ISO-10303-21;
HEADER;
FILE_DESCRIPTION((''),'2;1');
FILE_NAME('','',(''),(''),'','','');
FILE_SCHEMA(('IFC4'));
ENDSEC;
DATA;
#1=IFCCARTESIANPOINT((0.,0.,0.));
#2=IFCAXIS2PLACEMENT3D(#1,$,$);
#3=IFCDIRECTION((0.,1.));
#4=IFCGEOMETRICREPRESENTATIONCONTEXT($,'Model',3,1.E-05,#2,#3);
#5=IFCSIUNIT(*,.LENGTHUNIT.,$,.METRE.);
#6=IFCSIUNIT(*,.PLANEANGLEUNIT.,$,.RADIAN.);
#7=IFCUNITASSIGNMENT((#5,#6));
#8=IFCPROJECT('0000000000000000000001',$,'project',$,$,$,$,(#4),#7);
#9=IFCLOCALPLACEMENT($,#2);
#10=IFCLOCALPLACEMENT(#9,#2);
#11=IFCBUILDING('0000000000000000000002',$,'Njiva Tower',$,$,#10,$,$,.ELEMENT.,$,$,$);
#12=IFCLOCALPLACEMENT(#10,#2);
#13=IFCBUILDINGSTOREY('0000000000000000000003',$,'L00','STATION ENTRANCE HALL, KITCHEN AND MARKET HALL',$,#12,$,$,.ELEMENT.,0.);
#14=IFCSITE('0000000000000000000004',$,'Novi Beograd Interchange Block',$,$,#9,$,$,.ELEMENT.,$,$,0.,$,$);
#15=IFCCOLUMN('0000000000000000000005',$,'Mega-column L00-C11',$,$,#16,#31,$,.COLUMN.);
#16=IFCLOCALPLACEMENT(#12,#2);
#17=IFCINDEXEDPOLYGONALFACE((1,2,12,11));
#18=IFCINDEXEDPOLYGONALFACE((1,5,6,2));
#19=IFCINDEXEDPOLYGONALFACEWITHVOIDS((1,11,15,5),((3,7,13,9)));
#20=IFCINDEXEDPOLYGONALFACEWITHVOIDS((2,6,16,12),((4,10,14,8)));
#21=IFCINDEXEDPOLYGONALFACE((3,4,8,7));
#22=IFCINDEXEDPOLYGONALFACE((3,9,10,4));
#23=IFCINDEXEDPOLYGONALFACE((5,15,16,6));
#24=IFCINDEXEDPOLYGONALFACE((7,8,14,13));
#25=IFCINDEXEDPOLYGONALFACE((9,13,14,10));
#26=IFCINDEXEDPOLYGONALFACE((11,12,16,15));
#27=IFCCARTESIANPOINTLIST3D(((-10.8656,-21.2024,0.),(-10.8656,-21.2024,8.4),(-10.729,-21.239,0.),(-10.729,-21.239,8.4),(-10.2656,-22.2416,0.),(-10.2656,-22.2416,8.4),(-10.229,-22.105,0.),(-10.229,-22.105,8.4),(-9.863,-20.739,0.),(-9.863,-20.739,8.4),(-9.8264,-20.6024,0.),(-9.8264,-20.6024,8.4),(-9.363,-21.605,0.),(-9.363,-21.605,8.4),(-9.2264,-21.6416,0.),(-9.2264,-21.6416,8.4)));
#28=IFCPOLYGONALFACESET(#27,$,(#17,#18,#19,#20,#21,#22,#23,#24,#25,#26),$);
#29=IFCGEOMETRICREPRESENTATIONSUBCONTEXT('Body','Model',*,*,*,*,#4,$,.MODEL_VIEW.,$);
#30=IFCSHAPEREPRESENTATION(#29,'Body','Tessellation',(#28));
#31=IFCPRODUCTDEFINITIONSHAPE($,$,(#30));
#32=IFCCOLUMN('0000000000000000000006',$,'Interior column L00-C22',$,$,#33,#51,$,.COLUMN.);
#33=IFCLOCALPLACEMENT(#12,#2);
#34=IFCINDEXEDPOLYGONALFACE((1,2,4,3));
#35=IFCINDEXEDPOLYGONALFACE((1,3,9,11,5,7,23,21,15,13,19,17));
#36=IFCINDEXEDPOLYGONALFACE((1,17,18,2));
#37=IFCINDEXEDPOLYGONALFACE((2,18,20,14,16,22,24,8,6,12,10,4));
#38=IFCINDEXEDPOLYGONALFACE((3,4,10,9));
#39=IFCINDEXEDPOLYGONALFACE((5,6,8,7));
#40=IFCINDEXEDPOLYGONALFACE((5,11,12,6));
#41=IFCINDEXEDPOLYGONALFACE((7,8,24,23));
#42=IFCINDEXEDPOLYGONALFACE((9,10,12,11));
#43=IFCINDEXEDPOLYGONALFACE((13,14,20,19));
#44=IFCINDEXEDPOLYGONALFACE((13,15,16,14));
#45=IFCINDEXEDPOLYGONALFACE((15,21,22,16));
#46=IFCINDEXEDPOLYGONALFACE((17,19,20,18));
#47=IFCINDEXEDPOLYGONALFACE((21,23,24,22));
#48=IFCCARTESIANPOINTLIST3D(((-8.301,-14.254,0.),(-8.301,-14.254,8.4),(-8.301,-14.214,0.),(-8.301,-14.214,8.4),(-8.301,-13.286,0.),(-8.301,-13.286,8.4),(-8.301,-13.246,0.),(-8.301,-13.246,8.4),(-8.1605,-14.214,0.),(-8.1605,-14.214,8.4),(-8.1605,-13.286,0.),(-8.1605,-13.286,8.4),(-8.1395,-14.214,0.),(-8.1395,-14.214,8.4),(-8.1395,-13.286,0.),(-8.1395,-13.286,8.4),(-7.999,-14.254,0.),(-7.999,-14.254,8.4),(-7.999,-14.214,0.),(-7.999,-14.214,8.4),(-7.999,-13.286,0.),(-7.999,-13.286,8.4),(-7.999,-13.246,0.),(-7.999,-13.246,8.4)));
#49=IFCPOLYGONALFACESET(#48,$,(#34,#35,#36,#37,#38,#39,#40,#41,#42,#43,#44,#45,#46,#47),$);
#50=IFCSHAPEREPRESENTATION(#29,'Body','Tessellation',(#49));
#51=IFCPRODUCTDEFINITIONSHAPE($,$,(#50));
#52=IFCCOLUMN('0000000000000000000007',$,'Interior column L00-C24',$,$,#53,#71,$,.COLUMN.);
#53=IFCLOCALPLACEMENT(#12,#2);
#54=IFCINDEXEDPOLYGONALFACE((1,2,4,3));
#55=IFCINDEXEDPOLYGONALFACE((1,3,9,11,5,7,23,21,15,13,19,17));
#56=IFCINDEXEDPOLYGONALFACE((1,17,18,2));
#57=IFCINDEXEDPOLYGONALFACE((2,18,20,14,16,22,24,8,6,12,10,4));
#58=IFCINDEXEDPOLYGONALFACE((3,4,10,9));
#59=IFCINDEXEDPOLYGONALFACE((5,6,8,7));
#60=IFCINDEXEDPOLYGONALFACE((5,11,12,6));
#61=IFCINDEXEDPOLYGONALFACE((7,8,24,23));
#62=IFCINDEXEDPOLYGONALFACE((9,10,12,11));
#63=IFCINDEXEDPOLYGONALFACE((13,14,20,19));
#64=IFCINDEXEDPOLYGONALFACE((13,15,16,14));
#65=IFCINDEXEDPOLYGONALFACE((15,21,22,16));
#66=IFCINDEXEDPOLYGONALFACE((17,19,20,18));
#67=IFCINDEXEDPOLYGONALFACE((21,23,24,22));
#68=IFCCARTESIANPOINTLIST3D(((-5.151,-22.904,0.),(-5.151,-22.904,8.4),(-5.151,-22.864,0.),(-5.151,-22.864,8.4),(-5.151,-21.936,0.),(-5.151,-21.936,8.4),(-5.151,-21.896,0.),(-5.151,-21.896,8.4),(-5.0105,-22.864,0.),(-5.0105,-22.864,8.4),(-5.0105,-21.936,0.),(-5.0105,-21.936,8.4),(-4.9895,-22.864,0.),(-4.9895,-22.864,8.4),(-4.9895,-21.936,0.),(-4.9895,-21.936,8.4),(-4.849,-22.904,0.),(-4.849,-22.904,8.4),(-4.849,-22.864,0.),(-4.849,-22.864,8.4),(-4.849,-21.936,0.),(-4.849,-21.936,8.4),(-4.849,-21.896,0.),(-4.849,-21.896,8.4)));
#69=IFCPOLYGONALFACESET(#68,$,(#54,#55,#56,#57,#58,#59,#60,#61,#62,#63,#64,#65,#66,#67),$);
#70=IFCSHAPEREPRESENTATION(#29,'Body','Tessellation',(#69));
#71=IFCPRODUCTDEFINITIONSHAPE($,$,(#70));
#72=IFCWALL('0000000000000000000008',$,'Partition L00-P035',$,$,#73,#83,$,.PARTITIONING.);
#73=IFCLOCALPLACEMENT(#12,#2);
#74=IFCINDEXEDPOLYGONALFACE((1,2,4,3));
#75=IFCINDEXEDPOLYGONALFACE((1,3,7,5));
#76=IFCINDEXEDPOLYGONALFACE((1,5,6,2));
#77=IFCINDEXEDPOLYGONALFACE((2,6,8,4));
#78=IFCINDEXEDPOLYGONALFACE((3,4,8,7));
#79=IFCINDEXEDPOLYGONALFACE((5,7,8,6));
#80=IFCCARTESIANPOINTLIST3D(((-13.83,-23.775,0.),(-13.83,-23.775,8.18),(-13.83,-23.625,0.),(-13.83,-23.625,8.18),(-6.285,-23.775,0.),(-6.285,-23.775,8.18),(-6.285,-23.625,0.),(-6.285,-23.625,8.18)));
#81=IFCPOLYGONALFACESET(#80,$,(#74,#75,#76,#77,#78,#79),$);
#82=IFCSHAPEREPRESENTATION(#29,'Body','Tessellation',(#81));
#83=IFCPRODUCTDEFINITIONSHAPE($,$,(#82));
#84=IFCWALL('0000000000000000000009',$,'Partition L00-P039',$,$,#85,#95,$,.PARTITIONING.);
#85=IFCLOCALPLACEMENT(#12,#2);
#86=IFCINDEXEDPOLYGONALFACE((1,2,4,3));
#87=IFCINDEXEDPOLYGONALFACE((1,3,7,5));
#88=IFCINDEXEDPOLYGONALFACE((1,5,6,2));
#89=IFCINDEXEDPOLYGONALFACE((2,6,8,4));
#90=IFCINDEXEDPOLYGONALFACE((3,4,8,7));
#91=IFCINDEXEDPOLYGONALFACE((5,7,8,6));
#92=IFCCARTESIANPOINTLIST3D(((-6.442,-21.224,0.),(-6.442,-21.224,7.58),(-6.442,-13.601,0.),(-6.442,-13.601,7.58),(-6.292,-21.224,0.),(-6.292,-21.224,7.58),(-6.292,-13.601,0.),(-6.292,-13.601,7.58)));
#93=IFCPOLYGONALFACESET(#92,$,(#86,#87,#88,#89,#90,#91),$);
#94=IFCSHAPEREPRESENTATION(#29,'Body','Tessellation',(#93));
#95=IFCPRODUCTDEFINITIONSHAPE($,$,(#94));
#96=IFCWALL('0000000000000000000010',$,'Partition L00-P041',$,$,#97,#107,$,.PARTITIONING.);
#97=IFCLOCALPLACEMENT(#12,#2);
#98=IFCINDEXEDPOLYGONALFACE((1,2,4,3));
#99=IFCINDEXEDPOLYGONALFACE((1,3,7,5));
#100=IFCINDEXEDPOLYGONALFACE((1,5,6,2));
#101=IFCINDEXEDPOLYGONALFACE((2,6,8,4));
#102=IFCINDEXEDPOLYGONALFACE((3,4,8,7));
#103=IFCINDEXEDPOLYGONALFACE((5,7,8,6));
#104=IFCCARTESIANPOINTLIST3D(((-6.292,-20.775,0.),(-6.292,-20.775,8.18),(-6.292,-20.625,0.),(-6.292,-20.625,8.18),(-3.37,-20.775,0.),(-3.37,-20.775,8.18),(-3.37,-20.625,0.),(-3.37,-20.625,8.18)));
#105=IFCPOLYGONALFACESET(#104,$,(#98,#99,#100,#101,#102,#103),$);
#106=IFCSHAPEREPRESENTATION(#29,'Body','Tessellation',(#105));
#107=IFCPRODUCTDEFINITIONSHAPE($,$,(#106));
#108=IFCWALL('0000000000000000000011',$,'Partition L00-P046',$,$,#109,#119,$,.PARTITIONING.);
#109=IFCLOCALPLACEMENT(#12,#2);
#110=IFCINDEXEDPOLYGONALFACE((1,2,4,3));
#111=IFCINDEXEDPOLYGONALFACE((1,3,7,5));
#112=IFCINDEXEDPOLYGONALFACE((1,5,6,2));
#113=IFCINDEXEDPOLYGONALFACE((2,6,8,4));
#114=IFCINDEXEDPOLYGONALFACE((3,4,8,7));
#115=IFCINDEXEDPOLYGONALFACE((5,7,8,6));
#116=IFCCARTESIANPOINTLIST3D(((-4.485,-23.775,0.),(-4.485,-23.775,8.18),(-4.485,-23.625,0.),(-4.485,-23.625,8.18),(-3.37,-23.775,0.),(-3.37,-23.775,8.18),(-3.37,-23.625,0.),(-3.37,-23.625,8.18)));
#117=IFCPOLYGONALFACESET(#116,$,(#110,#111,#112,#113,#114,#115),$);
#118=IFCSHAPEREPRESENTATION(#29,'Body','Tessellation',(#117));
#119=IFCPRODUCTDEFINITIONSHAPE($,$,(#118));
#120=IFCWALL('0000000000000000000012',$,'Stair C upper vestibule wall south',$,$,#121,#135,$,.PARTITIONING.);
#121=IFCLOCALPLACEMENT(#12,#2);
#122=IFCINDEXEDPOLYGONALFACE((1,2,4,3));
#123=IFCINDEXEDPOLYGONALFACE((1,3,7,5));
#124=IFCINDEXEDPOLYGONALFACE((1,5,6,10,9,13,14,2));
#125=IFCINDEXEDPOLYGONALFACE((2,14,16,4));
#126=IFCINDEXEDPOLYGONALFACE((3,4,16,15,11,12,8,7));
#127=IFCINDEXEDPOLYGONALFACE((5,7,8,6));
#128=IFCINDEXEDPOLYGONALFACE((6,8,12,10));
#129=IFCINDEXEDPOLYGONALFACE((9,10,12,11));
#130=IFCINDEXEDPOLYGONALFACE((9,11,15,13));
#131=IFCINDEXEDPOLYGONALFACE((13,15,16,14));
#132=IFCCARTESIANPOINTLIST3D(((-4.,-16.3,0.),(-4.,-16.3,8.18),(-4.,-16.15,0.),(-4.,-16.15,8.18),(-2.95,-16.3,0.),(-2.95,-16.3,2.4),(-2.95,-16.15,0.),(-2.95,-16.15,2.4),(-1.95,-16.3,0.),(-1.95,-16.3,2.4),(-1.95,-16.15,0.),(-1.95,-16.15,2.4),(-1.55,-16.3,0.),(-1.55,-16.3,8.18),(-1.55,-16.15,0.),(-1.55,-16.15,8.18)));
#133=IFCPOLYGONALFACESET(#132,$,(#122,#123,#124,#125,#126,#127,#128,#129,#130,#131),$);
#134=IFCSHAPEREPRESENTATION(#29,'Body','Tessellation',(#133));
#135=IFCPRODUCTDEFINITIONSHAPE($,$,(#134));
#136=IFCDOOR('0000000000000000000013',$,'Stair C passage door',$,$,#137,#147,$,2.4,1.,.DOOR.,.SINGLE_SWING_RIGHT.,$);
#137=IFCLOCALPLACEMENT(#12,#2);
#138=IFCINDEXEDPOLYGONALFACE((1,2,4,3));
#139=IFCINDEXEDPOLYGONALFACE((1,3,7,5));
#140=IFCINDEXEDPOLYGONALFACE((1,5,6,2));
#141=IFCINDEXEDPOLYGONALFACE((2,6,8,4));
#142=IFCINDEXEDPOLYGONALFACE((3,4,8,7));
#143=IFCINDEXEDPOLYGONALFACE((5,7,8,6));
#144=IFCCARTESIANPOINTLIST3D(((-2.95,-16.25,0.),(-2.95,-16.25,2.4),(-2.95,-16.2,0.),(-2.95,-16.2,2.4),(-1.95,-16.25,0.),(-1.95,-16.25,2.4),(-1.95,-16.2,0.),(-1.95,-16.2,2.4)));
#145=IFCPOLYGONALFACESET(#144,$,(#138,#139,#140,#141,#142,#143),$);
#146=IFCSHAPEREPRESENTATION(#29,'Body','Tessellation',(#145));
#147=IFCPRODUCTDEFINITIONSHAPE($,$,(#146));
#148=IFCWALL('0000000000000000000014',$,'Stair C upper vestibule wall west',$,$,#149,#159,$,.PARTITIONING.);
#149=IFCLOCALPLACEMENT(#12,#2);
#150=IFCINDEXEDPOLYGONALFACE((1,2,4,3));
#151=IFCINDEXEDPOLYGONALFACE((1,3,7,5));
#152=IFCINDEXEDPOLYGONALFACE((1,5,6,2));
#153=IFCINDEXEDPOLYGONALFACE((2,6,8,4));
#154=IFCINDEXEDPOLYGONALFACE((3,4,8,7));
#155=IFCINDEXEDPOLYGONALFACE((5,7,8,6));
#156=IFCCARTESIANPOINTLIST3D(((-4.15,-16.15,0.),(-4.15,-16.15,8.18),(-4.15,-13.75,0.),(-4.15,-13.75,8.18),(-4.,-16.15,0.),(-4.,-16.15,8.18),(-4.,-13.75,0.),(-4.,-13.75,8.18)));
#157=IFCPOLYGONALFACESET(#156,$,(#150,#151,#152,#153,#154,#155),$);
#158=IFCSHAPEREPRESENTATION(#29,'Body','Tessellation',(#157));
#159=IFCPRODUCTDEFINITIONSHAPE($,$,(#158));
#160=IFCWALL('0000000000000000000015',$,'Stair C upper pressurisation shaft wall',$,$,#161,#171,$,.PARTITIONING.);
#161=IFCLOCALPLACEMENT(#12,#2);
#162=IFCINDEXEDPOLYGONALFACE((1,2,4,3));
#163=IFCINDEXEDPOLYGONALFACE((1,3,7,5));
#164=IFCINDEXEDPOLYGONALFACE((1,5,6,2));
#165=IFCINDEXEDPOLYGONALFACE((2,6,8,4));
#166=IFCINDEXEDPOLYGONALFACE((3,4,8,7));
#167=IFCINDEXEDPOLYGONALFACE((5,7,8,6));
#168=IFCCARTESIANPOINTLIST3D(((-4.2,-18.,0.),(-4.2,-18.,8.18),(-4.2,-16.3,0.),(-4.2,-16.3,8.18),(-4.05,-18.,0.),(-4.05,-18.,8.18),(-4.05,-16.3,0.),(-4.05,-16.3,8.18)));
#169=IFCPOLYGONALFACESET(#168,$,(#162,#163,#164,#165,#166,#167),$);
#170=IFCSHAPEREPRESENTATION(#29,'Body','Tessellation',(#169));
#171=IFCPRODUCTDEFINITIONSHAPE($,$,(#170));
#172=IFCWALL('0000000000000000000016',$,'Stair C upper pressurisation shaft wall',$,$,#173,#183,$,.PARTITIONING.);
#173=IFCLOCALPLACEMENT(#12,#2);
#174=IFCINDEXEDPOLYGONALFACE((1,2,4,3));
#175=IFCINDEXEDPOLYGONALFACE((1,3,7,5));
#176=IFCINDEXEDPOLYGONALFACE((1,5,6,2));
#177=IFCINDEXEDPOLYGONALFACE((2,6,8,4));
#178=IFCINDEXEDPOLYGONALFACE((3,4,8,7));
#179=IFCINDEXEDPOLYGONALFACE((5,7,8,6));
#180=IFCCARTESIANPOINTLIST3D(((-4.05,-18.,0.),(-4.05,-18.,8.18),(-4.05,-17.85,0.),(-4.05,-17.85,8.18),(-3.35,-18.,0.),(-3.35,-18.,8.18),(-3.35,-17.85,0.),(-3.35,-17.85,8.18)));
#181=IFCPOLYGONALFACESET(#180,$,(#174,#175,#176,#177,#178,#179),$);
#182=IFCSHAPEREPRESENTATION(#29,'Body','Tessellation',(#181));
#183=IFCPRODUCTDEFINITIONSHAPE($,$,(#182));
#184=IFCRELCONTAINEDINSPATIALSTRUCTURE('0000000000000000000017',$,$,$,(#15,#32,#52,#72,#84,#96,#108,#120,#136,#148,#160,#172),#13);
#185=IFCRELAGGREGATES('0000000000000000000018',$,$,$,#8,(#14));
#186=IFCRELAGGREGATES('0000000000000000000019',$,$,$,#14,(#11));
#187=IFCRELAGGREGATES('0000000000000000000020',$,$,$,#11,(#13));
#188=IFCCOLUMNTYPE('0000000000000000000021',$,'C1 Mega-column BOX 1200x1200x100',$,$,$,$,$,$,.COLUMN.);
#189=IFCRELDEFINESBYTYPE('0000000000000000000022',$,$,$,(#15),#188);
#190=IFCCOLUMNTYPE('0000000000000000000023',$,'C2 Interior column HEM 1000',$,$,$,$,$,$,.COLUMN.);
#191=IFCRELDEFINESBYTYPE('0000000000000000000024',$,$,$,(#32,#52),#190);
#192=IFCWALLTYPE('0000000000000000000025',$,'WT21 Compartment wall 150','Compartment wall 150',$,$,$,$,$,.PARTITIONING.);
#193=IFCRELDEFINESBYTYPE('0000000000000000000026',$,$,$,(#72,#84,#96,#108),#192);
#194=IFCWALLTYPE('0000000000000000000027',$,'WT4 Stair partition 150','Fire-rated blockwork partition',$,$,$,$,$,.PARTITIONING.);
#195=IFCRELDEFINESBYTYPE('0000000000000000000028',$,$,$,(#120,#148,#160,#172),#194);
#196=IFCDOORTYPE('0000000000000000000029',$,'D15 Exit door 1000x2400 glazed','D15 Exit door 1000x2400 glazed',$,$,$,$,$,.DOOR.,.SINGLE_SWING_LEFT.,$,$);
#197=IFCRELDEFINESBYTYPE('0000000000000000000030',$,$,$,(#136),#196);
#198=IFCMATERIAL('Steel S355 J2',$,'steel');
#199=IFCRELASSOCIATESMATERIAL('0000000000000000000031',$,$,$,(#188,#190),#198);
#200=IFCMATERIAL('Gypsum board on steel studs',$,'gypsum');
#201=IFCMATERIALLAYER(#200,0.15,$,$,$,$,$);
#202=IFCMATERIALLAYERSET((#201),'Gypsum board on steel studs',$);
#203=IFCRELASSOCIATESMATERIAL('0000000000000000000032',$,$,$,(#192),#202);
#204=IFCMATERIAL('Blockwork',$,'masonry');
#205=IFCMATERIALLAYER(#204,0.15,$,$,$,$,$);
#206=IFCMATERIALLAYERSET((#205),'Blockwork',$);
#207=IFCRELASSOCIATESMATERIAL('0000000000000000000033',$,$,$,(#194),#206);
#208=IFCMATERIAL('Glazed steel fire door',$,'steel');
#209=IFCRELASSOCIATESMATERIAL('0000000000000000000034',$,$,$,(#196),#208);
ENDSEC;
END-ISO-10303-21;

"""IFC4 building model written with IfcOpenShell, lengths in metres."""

from ifc_helpers import new_model, si_unit, direction, frame, frame_2d, origin, origin_2d, place, context, subcontext, project, spatial, rectangle, hollow_rectangle, i_section, extrude, material, layer, layer_set, material_profile, profile_set, type_object, element, fill, save


model = new_model("IFC4")

# Units and contexts
model_context = context("Model", 3, precision=1e-05, world=origin(), true_north=direction((0.0, 1.0)))
body_context = subcontext(model_context, "Body", "Model", "MODEL_VIEW")
ifc_project = project(units=[si_unit("LENGTHUNIT", "METRE"), si_unit("PLANEANGLEUNIT", "RADIAN")], contexts=[model_context])

# Site, building, storey
site_placement = place(None, origin())
site = spatial("IfcSite", under=ifc_project, at=site_placement, Name="Novi Beograd Interchange Block", CompositionType="ELEMENT", RefElevation=0.0)
building_placement = place(site_placement, origin())
building = spatial("IfcBuilding", under=site, at=building_placement, Name="Njiva Tower", CompositionType="ELEMENT")
storey_placement = place(building_placement, origin())
storey = spatial("IfcBuildingStorey", under=building, at=storey_placement, Name="L00", Description="STATION ENTRANCE HALL, KITCHEN AND MARKET HALL", CompositionType="ELEMENT", Elevation=0.0)

# Columns
ifc_material_1 = material(Name="Steel S355 J2", Category="steel")
ifc_material_profile_1 = material_profile(ifc_material_1, hollow_rectangle(XDim=1.2, YDim=1.2, WallThickness=0.1, at=origin_2d()), Name="BOX 1200x1200x100")
ifc_profile_set_1 = profile_set([ifc_material_profile_1], Name="Steel S355 J2")
column_type_1 = type_object("IfcColumnType", Name="C1 Mega-column BOX 1200x1200x100", PredefinedType="COLUMN", material=ifc_profile_set_1)
column_placement = place(storey_placement, frame((-10.046, -21.422, 0.0), z_axis=(0.0, 0.0, 1.0), x_axis=(0.5, -0.866025, 0.0)))
element("IfcColumn", 1, at=column_placement, inside=storey, type_object=column_type_1, Name="Mega-column L00-C11", PredefinedType="COLUMN", context=body_context, shape_type="SweptSolid", body=[
    extrude(hollow_rectangle(XDim=1.2, YDim=1.2, WallThickness=0.1, at=origin_2d()), origin(), (0.0, 0.0, 1.0), 8.4),
])
ifc_material_profile_2 = material_profile(ifc_material_1, i_section(OverallWidth=0.302, OverallDepth=1.008, WebThickness=0.021, FlangeThickness=0.04, at=origin_2d()), Name="HEM 1000")
ifc_profile_set_2 = profile_set([ifc_material_profile_2], Name="Steel S355 J2")
column_type_2 = type_object("IfcColumnType", Name="C2 Interior column HEM 1000", PredefinedType="COLUMN", material=ifc_profile_set_2)
for number, where, z_axis, x_axis, name in (
    (2, (-8.15, -13.75, 0.0), (0.0, 0.0, 1.0), (1.0, 0.0, 0.0), "Interior column L00-C22"),
    (3, (-5.0, -22.4, 0.0), (0.0, 0.0, 1.0), (1.0, 0.0, 0.0), "Interior column L00-C24"),
):
    element("IfcColumn", number, at=place(storey_placement, frame(where, z_axis=z_axis, x_axis=x_axis)), inside=storey, type_object=column_type_2, Name=name, PredefinedType="COLUMN", context=body_context, shape_type="SweptSolid", body=[
        extrude(i_section(OverallWidth=0.302, OverallDepth=1.008, WebThickness=0.021, FlangeThickness=0.04, at=origin_2d()), origin(), (0.0, 0.0, 1.0), 8.4),
    ])

# Walls
ifc_material_2 = material(Name="Gypsum board on steel studs", Category="gypsum")
ifc_layer_1 = layer(ifc_material_2, 0.15)
ifc_layer_set_1 = layer_set([ifc_layer_1], Name="Gypsum board on steel studs")
wall_type_1 = type_object("IfcWallType", Name="WT21 Compartment wall 150", Description="Compartment wall 150", PredefinedType="PARTITIONING", material=ifc_layer_set_1)
wall_1_placement = place(storey_placement, frame((-13.83, -23.7, 0.0), z_axis=(0.0, 0.0, 1.0), x_axis=(1.0, 0.0, 0.0)))
element("IfcWall", 4, at=wall_1_placement, inside=storey, type_object=wall_type_1, Name="Partition L00-P035", PredefinedType="PARTITIONING", context=body_context, shape_type="SweptSolid", body=[
    extrude(rectangle(XDim=7.545, YDim=0.15, at=frame_2d((3.7725, 0.0))), origin(), (0.0, 0.0, 1.0), 8.18),
])
wall_2_placement = place(storey_placement, frame((-6.367, -21.224, 0.0), z_axis=(0.0, 0.0, 1.0), x_axis=(0.0, 1.0, 0.0)))
element("IfcWall", 5, at=wall_2_placement, inside=storey, type_object=wall_type_1, Name="Partition L00-P039", PredefinedType="PARTITIONING", context=body_context, shape_type="SweptSolid", body=[
    extrude(rectangle(XDim=7.623, YDim=0.15, at=frame_2d((3.8115, 0.0))), origin(), (0.0, 0.0, 1.0), 7.58),
])
wall_3_placement = place(storey_placement, frame((-6.292, -20.7, 0.0), z_axis=(0.0, 0.0, 1.0), x_axis=(1.0, 0.0, 0.0)))
element("IfcWall", 6, at=wall_3_placement, inside=storey, type_object=wall_type_1, Name="Partition L00-P041", PredefinedType="PARTITIONING", context=body_context, shape_type="SweptSolid", body=[
    extrude(rectangle(XDim=2.922, YDim=0.15, at=frame_2d((1.461, 0.0))), origin(), (0.0, 0.0, 1.0), 8.18),
])
wall_4_placement = place(storey_placement, frame((-4.485, -23.7, 0.0), z_axis=(0.0, 0.0, 1.0), x_axis=(1.0, 0.0, 0.0)))
element("IfcWall", 7, at=wall_4_placement, inside=storey, type_object=wall_type_1, Name="Partition L00-P046", PredefinedType="PARTITIONING", context=body_context, shape_type="SweptSolid", body=[
    extrude(rectangle(XDim=1.115, YDim=0.15, at=frame_2d((0.5575, 0.0))), origin(), (0.0, 0.0, 1.0), 8.18),
])

# Wall, opening, door
ifc_material_3 = material(Name="Blockwork", Category="masonry")
ifc_layer_2 = layer(ifc_material_3, 0.15)
ifc_layer_set_2 = layer_set([ifc_layer_2], Name="Blockwork")
wall_type_2 = type_object("IfcWallType", Name="WT4 Stair partition 150", Description="Fire-rated blockwork partition", PredefinedType="PARTITIONING", material=ifc_layer_set_2)
wall_5_placement = place(storey_placement, frame((-4.0, -16.225, 0.0), z_axis=(0.0, 0.0, 1.0), x_axis=(1.0, 0.0, 0.0)))
wall_5 = element("IfcWall", 8, at=wall_5_placement, inside=storey, type_object=wall_type_2, Name="Stair C upper vestibule wall south", PredefinedType="PARTITIONING", context=body_context, shape_type="SweptSolid", body=[
    extrude(rectangle(XDim=2.45, YDim=0.15, at=frame_2d((1.225, 0.0))), origin(), (0.0, 0.0, 1.0), 8.18),
])
opening_placement = place(wall_5_placement, frame((1.05, 0.0, 0.0)))
opening = element("IfcOpeningElement", 9, at=opening_placement, cuts=wall_5, PredefinedType="OPENING", context=body_context, shape_type="SweptSolid", body=[
    extrude(rectangle(XDim=1.0, YDim=2.4, at=frame_2d((0.5, 1.2))), frame((0.0, 0.085, 0.0), z_axis=(0.0, -1.0, 0.0), x_axis=(1.0, 0.0, 0.0)), (0.0, 0.0, 1.0), 0.17),
])
ifc_material_4 = material(Name="Glazed steel fire door", Category="steel")
door_type = type_object("IfcDoorType", Name="D15 Exit door 1000x2400 glazed", Description="D15 Exit door 1000x2400 glazed", OperationType="SINGLE_SWING_LEFT", PredefinedType="DOOR", material=ifc_material_4)
door_placement = place(opening_placement, origin())
door = element("IfcDoor", 10, at=door_placement, inside=storey, type_object=door_type, Name="Stair C passage door", OperationType="SINGLE_SWING_RIGHT", OverallHeight=2.4, OverallWidth=1.0, PredefinedType="DOOR", context=body_context, shape_type="SweptSolid", body=[
    extrude(rectangle(XDim=1.0, YDim=2.4, at=frame_2d((0.5, 1.2))), frame((0.0, 0.025, 0.0), z_axis=(0.0, -1.0, 0.0), x_axis=(1.0, 0.0, 0.0)), (0.0, 0.0, 1.0), 0.05),
])
fill(opening, door)

# Walls
wall_6_placement = place(storey_placement, frame((-4.075, -16.15, 0.0), z_axis=(0.0, 0.0, 1.0), x_axis=(0.0, 1.0, 0.0)))
element("IfcWall", 11, at=wall_6_placement, inside=storey, type_object=wall_type_2, Name="Stair C upper vestibule wall west", PredefinedType="PARTITIONING", context=body_context, shape_type="SweptSolid", body=[
    extrude(rectangle(XDim=2.4, YDim=0.15, at=frame_2d((1.2, 0.0))), origin(), (0.0, 0.0, 1.0), 8.18),
])
wall_7_placement = place(storey_placement, frame((-4.125, -18.0, 0.0), z_axis=(0.0, 0.0, 1.0), x_axis=(0.0, 1.0, 0.0)))
element("IfcWall", 12, at=wall_7_placement, inside=storey, type_object=wall_type_2, Name="Stair C upper pressurisation shaft wall", PredefinedType="PARTITIONING", context=body_context, shape_type="SweptSolid", body=[
    extrude(rectangle(XDim=1.7, YDim=0.15, at=frame_2d((0.85, 0.0))), origin(), (0.0, 0.0, 1.0), 8.18),
])
wall_8_placement = place(storey_placement, frame((-4.05, -17.925, 0.0), z_axis=(0.0, 0.0, 1.0), x_axis=(1.0, 0.0, 0.0)))
element("IfcWall", 13, at=wall_8_placement, inside=storey, type_object=wall_type_2, Name="Stair C upper pressurisation shaft wall", PredefinedType="PARTITIONING", context=body_context, shape_type="SweptSolid", body=[
    extrude(rectangle(XDim=0.7, YDim=0.15, at=frame_2d((0.35, 0.0))), origin(), (0.0, 0.0, 1.0), 8.18),
])

save(model, "model.ifc")
